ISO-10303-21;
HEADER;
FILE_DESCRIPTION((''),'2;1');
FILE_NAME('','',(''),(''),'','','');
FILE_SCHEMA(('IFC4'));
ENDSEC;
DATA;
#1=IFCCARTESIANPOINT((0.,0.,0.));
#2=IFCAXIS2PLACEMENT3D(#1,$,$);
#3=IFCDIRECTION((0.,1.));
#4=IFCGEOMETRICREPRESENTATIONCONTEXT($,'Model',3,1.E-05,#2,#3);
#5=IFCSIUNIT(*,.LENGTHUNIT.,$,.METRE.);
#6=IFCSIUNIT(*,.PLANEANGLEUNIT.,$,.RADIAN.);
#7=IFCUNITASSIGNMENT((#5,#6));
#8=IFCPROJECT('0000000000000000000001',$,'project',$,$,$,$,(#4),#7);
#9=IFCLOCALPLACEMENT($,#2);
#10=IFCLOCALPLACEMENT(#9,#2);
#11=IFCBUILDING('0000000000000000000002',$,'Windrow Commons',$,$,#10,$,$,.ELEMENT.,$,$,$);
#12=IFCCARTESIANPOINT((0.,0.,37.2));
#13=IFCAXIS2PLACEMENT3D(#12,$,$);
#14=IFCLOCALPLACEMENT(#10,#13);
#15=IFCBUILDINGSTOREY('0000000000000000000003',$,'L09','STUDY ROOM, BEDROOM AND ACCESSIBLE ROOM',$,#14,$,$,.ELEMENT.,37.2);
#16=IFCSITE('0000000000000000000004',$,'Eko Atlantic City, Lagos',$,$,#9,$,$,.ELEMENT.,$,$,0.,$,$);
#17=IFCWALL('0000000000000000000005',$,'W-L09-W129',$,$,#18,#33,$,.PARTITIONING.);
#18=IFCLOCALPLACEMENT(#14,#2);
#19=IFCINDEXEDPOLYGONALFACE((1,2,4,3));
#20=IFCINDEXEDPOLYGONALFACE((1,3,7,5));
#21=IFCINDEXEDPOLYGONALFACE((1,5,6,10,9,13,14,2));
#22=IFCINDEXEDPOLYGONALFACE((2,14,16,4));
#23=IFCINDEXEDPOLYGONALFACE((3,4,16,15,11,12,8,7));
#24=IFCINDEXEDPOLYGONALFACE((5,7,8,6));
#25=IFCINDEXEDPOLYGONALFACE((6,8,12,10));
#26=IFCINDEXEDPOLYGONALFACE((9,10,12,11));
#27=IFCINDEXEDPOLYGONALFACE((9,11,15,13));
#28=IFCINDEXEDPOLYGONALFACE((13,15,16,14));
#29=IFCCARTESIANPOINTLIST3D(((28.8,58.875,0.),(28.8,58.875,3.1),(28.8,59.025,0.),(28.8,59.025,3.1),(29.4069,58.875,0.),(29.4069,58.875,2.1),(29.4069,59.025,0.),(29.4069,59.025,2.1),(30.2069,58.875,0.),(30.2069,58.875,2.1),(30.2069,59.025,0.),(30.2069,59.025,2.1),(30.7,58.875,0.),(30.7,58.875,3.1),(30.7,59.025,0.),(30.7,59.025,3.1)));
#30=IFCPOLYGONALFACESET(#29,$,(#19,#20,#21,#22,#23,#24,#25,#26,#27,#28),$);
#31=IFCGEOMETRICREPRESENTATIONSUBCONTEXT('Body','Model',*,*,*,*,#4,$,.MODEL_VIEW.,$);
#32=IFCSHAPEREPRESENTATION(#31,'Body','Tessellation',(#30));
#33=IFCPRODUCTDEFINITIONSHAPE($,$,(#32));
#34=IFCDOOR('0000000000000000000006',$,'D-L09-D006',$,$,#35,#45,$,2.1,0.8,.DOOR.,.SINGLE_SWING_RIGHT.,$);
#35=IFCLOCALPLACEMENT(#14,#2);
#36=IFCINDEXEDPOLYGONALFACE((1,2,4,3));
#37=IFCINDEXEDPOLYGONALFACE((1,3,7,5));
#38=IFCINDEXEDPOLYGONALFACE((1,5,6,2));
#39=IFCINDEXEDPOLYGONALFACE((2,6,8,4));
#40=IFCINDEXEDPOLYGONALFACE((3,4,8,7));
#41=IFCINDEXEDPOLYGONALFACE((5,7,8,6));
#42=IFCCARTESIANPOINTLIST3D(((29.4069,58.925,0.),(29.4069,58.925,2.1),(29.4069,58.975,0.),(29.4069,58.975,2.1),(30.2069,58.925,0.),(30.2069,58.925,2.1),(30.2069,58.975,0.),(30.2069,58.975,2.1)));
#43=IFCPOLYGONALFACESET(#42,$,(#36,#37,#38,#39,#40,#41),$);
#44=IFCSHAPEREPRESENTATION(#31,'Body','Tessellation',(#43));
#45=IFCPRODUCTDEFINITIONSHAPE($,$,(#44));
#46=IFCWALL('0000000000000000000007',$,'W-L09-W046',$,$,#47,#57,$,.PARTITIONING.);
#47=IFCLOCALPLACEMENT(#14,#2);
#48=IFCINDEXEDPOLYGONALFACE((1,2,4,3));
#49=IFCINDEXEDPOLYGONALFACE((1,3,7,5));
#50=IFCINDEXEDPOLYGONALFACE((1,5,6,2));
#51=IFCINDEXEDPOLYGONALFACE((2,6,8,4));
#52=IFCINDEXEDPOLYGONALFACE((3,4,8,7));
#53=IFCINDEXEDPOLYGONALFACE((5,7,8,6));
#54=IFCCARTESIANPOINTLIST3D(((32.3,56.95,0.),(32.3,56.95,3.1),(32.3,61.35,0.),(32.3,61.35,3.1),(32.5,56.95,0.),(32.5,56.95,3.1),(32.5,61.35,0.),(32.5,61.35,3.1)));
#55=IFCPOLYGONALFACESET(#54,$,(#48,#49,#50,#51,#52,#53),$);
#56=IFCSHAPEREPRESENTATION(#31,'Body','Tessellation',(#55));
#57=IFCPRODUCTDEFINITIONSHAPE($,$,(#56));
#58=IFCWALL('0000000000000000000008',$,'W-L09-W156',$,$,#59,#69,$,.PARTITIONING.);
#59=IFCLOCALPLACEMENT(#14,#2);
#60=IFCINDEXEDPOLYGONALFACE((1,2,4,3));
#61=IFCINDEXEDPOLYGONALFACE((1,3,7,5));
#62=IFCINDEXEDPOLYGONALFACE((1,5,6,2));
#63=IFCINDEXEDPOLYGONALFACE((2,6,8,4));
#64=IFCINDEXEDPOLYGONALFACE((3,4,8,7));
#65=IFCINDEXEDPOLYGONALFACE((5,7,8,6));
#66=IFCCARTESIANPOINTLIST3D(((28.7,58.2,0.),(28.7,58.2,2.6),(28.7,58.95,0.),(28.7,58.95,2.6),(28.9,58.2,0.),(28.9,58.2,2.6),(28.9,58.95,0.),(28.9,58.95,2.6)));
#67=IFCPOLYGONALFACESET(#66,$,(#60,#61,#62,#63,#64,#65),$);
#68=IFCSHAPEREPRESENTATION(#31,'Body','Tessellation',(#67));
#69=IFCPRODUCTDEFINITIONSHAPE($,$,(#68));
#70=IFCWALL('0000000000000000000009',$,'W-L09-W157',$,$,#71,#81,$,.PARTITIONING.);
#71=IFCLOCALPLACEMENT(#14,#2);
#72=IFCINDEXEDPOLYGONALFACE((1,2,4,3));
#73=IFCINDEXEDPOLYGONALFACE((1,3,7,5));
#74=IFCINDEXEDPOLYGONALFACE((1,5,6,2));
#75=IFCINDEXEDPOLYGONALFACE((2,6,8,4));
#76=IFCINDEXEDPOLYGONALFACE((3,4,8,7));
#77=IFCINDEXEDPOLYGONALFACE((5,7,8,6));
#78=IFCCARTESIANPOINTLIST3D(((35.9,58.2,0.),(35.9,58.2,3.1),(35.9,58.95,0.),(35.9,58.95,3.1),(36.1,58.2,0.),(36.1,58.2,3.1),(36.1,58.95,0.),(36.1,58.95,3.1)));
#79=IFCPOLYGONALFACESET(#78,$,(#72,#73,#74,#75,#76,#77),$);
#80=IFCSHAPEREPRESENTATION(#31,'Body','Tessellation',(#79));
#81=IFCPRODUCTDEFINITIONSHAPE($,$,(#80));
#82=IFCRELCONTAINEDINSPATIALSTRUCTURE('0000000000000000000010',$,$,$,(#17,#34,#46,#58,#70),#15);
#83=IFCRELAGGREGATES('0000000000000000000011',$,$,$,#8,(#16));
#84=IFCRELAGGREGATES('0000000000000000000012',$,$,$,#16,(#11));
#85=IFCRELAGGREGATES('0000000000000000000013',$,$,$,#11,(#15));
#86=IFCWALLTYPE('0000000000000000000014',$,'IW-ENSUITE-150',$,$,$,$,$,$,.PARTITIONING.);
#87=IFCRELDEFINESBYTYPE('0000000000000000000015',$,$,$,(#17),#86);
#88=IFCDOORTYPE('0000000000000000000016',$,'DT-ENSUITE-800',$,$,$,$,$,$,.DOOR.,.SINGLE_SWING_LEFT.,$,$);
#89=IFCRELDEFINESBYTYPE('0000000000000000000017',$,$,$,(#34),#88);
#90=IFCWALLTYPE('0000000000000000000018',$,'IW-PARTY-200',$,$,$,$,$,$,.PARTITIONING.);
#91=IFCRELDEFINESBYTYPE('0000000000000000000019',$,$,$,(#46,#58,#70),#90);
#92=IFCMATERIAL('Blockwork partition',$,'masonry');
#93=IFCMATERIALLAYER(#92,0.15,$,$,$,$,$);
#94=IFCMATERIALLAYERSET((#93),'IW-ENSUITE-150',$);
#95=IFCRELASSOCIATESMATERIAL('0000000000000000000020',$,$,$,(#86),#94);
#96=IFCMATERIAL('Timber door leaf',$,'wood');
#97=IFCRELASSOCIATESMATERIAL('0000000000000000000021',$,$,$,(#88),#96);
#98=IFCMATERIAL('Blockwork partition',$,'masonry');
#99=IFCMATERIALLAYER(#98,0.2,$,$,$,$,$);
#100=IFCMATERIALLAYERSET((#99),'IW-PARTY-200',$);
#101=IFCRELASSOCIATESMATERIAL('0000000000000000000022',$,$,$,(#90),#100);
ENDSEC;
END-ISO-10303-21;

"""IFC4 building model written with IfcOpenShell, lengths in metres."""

from ifc_helpers import new_model, si_unit, direction, frame, frame_2d, origin, place, context, subcontext, project, spatial, rectangle, extrude, material, layer, layer_set, type_object, element, fill, save


model = new_model("IFC4")

# Units and contexts
model_context = context("Model", 3, precision=1e-05, world=origin(), true_north=direction((0.0, 1.0)))
body_context = subcontext(model_context, "Body", "Model", "MODEL_VIEW")
ifc_project = project(units=[si_unit("LENGTHUNIT", "METRE"), si_unit("PLANEANGLEUNIT", "RADIAN")], contexts=[model_context])

# Site, building, storey
site_placement = place(None, origin())
site = spatial("IfcSite", under=ifc_project, at=site_placement, Name="Eko Atlantic City, Lagos", CompositionType="ELEMENT", RefElevation=0.0)
building_placement = place(site_placement, origin())
building = spatial("IfcBuilding", under=site, at=building_placement, Name="Windrow Commons", CompositionType="ELEMENT")
storey_placement = place(building_placement, frame((0.0, 0.0, 37.2)))
storey = spatial("IfcBuildingStorey", under=building, at=storey_placement, Name="L09", Description="STUDY ROOM, BEDROOM AND ACCESSIBLE ROOM", CompositionType="ELEMENT", Elevation=37.2)

# Shared definitions
ifc_material_1 = material(Name="Blockwork partition", Category="masonry")
ifc_layer_1 = layer(ifc_material_1, 0.15)
ifc_layer_set_1 = layer_set([ifc_layer_1], Name="IW-ENSUITE-150")
wall_type_1 = type_object("IfcWallType", Name="IW-ENSUITE-150", PredefinedType="PARTITIONING", material=ifc_layer_set_1)

# Wall, opening, door
wall_1_placement = place(storey_placement, frame((28.8, 58.95, 0.0), z_axis=(0.0, 0.0, 1.0), x_axis=(1.0, 0.0, 0.0)))
wall_1 = element("IfcWall", 1, at=wall_1_placement, inside=storey, type_object=wall_type_1, Name="W-L09-W129", PredefinedType="PARTITIONING", context=body_context, shape_type="SweptSolid", body=[
    extrude(rectangle(XDim=1.9, YDim=0.15, at=frame_2d((0.95, 0.0))), origin(), (0.0, 0.0, 1.0), 3.1),
])
opening_1_placement = place(wall_1_placement, frame((0.6069, 0.0, 0.0)))
opening_1 = element("IfcOpeningElement", 2, at=opening_1_placement, cuts=wall_1, PredefinedType="OPENING", context=body_context, shape_type="SweptSolid", body=[
    extrude(rectangle(XDim=0.8, YDim=2.1, at=frame_2d((0.4, 1.05))), frame((0.0, 0.085, 0.0), z_axis=(0.0, -1.0, 0.0), x_axis=(1.0, 0.0, 0.0)), (0.0, 0.0, 1.0), 0.17),
])
ifc_material_2 = material(Name="Timber door leaf", Category="wood")
door_type_1 = type_object("IfcDoorType", Name="DT-ENSUITE-800", OperationType="SINGLE_SWING_LEFT", PredefinedType="DOOR", material=ifc_material_2)
door_1_placement = place(opening_1_placement, origin())
door_1 = element("IfcDoor", 3, at=door_1_placement, inside=storey, type_object=door_type_1, Name="D-L09-D006", OperationType="SINGLE_SWING_RIGHT", OverallHeight=2.1, OverallWidth=0.8, PredefinedType="DOOR", context=body_context, shape_type="SweptSolid", body=[
    extrude(rectangle(XDim=0.8, YDim=2.1, at=frame_2d((0.4, 1.05))), frame((0.0, 0.025, 0.0), z_axis=(0.0, -1.0, 0.0), x_axis=(1.0, 0.0, 0.0)), (0.0, 0.0, 1.0), 0.05),
])
fill(opening_1, door_1)

# Walls
ifc_material_3 = material(Name="Blockwork partition", Category="masonry")
ifc_layer_2 = layer(ifc_material_3, 0.2)
ifc_layer_set_2 = layer_set([ifc_layer_2], Name="IW-PARTY-200")
wall_type_2 = type_object("IfcWallType", Name="IW-PARTY-200", PredefinedType="PARTITIONING", material=ifc_layer_set_2)
wall_2_placement = place(storey_placement, frame((32.4, 56.95, 0.0), z_axis=(0.0, 0.0, 1.0), x_axis=(0.0, 1.0, 0.0)))
element("IfcWall", 4, at=wall_2_placement, inside=storey, type_object=wall_type_2, Name="W-L09-W046", PredefinedType="PARTITIONING", context=body_context, shape_type="SweptSolid", body=[
    extrude(rectangle(XDim=4.4, YDim=0.2, at=frame_2d((2.2, 0.0))), origin(), (0.0, 0.0, 1.0), 3.1),
])
wall_3_placement = place(storey_placement, frame((28.8, 58.2, 0.0), z_axis=(0.0, 0.0, 1.0), x_axis=(0.0, 1.0, 0.0)))
element("IfcWall", 5, at=wall_3_placement, inside=storey, type_object=wall_type_2, Name="W-L09-W156", PredefinedType="PARTITIONING", context=body_context, shape_type="SweptSolid", body=[
    extrude(rectangle(XDim=0.75, YDim=0.2, at=frame_2d((0.375, 0.0))), origin(), (0.0, 0.0, 1.0), 2.6),
])
wall_4_placement = place(storey_placement, frame((36.0, 58.2, 0.0), z_axis=(0.0, 0.0, 1.0), x_axis=(0.0, 1.0, 0.0)))
element("IfcWall", 6, at=wall_4_placement, inside=storey, type_object=wall_type_2, Name="W-L09-W157", PredefinedType="PARTITIONING", context=body_context, shape_type="SweptSolid", body=[
    extrude(rectangle(XDim=0.75, YDim=0.2, at=frame_2d((0.375, 0.0))), origin(), (0.0, 0.0, 1.0), 3.1),
])

save(model, "model.ifc")
